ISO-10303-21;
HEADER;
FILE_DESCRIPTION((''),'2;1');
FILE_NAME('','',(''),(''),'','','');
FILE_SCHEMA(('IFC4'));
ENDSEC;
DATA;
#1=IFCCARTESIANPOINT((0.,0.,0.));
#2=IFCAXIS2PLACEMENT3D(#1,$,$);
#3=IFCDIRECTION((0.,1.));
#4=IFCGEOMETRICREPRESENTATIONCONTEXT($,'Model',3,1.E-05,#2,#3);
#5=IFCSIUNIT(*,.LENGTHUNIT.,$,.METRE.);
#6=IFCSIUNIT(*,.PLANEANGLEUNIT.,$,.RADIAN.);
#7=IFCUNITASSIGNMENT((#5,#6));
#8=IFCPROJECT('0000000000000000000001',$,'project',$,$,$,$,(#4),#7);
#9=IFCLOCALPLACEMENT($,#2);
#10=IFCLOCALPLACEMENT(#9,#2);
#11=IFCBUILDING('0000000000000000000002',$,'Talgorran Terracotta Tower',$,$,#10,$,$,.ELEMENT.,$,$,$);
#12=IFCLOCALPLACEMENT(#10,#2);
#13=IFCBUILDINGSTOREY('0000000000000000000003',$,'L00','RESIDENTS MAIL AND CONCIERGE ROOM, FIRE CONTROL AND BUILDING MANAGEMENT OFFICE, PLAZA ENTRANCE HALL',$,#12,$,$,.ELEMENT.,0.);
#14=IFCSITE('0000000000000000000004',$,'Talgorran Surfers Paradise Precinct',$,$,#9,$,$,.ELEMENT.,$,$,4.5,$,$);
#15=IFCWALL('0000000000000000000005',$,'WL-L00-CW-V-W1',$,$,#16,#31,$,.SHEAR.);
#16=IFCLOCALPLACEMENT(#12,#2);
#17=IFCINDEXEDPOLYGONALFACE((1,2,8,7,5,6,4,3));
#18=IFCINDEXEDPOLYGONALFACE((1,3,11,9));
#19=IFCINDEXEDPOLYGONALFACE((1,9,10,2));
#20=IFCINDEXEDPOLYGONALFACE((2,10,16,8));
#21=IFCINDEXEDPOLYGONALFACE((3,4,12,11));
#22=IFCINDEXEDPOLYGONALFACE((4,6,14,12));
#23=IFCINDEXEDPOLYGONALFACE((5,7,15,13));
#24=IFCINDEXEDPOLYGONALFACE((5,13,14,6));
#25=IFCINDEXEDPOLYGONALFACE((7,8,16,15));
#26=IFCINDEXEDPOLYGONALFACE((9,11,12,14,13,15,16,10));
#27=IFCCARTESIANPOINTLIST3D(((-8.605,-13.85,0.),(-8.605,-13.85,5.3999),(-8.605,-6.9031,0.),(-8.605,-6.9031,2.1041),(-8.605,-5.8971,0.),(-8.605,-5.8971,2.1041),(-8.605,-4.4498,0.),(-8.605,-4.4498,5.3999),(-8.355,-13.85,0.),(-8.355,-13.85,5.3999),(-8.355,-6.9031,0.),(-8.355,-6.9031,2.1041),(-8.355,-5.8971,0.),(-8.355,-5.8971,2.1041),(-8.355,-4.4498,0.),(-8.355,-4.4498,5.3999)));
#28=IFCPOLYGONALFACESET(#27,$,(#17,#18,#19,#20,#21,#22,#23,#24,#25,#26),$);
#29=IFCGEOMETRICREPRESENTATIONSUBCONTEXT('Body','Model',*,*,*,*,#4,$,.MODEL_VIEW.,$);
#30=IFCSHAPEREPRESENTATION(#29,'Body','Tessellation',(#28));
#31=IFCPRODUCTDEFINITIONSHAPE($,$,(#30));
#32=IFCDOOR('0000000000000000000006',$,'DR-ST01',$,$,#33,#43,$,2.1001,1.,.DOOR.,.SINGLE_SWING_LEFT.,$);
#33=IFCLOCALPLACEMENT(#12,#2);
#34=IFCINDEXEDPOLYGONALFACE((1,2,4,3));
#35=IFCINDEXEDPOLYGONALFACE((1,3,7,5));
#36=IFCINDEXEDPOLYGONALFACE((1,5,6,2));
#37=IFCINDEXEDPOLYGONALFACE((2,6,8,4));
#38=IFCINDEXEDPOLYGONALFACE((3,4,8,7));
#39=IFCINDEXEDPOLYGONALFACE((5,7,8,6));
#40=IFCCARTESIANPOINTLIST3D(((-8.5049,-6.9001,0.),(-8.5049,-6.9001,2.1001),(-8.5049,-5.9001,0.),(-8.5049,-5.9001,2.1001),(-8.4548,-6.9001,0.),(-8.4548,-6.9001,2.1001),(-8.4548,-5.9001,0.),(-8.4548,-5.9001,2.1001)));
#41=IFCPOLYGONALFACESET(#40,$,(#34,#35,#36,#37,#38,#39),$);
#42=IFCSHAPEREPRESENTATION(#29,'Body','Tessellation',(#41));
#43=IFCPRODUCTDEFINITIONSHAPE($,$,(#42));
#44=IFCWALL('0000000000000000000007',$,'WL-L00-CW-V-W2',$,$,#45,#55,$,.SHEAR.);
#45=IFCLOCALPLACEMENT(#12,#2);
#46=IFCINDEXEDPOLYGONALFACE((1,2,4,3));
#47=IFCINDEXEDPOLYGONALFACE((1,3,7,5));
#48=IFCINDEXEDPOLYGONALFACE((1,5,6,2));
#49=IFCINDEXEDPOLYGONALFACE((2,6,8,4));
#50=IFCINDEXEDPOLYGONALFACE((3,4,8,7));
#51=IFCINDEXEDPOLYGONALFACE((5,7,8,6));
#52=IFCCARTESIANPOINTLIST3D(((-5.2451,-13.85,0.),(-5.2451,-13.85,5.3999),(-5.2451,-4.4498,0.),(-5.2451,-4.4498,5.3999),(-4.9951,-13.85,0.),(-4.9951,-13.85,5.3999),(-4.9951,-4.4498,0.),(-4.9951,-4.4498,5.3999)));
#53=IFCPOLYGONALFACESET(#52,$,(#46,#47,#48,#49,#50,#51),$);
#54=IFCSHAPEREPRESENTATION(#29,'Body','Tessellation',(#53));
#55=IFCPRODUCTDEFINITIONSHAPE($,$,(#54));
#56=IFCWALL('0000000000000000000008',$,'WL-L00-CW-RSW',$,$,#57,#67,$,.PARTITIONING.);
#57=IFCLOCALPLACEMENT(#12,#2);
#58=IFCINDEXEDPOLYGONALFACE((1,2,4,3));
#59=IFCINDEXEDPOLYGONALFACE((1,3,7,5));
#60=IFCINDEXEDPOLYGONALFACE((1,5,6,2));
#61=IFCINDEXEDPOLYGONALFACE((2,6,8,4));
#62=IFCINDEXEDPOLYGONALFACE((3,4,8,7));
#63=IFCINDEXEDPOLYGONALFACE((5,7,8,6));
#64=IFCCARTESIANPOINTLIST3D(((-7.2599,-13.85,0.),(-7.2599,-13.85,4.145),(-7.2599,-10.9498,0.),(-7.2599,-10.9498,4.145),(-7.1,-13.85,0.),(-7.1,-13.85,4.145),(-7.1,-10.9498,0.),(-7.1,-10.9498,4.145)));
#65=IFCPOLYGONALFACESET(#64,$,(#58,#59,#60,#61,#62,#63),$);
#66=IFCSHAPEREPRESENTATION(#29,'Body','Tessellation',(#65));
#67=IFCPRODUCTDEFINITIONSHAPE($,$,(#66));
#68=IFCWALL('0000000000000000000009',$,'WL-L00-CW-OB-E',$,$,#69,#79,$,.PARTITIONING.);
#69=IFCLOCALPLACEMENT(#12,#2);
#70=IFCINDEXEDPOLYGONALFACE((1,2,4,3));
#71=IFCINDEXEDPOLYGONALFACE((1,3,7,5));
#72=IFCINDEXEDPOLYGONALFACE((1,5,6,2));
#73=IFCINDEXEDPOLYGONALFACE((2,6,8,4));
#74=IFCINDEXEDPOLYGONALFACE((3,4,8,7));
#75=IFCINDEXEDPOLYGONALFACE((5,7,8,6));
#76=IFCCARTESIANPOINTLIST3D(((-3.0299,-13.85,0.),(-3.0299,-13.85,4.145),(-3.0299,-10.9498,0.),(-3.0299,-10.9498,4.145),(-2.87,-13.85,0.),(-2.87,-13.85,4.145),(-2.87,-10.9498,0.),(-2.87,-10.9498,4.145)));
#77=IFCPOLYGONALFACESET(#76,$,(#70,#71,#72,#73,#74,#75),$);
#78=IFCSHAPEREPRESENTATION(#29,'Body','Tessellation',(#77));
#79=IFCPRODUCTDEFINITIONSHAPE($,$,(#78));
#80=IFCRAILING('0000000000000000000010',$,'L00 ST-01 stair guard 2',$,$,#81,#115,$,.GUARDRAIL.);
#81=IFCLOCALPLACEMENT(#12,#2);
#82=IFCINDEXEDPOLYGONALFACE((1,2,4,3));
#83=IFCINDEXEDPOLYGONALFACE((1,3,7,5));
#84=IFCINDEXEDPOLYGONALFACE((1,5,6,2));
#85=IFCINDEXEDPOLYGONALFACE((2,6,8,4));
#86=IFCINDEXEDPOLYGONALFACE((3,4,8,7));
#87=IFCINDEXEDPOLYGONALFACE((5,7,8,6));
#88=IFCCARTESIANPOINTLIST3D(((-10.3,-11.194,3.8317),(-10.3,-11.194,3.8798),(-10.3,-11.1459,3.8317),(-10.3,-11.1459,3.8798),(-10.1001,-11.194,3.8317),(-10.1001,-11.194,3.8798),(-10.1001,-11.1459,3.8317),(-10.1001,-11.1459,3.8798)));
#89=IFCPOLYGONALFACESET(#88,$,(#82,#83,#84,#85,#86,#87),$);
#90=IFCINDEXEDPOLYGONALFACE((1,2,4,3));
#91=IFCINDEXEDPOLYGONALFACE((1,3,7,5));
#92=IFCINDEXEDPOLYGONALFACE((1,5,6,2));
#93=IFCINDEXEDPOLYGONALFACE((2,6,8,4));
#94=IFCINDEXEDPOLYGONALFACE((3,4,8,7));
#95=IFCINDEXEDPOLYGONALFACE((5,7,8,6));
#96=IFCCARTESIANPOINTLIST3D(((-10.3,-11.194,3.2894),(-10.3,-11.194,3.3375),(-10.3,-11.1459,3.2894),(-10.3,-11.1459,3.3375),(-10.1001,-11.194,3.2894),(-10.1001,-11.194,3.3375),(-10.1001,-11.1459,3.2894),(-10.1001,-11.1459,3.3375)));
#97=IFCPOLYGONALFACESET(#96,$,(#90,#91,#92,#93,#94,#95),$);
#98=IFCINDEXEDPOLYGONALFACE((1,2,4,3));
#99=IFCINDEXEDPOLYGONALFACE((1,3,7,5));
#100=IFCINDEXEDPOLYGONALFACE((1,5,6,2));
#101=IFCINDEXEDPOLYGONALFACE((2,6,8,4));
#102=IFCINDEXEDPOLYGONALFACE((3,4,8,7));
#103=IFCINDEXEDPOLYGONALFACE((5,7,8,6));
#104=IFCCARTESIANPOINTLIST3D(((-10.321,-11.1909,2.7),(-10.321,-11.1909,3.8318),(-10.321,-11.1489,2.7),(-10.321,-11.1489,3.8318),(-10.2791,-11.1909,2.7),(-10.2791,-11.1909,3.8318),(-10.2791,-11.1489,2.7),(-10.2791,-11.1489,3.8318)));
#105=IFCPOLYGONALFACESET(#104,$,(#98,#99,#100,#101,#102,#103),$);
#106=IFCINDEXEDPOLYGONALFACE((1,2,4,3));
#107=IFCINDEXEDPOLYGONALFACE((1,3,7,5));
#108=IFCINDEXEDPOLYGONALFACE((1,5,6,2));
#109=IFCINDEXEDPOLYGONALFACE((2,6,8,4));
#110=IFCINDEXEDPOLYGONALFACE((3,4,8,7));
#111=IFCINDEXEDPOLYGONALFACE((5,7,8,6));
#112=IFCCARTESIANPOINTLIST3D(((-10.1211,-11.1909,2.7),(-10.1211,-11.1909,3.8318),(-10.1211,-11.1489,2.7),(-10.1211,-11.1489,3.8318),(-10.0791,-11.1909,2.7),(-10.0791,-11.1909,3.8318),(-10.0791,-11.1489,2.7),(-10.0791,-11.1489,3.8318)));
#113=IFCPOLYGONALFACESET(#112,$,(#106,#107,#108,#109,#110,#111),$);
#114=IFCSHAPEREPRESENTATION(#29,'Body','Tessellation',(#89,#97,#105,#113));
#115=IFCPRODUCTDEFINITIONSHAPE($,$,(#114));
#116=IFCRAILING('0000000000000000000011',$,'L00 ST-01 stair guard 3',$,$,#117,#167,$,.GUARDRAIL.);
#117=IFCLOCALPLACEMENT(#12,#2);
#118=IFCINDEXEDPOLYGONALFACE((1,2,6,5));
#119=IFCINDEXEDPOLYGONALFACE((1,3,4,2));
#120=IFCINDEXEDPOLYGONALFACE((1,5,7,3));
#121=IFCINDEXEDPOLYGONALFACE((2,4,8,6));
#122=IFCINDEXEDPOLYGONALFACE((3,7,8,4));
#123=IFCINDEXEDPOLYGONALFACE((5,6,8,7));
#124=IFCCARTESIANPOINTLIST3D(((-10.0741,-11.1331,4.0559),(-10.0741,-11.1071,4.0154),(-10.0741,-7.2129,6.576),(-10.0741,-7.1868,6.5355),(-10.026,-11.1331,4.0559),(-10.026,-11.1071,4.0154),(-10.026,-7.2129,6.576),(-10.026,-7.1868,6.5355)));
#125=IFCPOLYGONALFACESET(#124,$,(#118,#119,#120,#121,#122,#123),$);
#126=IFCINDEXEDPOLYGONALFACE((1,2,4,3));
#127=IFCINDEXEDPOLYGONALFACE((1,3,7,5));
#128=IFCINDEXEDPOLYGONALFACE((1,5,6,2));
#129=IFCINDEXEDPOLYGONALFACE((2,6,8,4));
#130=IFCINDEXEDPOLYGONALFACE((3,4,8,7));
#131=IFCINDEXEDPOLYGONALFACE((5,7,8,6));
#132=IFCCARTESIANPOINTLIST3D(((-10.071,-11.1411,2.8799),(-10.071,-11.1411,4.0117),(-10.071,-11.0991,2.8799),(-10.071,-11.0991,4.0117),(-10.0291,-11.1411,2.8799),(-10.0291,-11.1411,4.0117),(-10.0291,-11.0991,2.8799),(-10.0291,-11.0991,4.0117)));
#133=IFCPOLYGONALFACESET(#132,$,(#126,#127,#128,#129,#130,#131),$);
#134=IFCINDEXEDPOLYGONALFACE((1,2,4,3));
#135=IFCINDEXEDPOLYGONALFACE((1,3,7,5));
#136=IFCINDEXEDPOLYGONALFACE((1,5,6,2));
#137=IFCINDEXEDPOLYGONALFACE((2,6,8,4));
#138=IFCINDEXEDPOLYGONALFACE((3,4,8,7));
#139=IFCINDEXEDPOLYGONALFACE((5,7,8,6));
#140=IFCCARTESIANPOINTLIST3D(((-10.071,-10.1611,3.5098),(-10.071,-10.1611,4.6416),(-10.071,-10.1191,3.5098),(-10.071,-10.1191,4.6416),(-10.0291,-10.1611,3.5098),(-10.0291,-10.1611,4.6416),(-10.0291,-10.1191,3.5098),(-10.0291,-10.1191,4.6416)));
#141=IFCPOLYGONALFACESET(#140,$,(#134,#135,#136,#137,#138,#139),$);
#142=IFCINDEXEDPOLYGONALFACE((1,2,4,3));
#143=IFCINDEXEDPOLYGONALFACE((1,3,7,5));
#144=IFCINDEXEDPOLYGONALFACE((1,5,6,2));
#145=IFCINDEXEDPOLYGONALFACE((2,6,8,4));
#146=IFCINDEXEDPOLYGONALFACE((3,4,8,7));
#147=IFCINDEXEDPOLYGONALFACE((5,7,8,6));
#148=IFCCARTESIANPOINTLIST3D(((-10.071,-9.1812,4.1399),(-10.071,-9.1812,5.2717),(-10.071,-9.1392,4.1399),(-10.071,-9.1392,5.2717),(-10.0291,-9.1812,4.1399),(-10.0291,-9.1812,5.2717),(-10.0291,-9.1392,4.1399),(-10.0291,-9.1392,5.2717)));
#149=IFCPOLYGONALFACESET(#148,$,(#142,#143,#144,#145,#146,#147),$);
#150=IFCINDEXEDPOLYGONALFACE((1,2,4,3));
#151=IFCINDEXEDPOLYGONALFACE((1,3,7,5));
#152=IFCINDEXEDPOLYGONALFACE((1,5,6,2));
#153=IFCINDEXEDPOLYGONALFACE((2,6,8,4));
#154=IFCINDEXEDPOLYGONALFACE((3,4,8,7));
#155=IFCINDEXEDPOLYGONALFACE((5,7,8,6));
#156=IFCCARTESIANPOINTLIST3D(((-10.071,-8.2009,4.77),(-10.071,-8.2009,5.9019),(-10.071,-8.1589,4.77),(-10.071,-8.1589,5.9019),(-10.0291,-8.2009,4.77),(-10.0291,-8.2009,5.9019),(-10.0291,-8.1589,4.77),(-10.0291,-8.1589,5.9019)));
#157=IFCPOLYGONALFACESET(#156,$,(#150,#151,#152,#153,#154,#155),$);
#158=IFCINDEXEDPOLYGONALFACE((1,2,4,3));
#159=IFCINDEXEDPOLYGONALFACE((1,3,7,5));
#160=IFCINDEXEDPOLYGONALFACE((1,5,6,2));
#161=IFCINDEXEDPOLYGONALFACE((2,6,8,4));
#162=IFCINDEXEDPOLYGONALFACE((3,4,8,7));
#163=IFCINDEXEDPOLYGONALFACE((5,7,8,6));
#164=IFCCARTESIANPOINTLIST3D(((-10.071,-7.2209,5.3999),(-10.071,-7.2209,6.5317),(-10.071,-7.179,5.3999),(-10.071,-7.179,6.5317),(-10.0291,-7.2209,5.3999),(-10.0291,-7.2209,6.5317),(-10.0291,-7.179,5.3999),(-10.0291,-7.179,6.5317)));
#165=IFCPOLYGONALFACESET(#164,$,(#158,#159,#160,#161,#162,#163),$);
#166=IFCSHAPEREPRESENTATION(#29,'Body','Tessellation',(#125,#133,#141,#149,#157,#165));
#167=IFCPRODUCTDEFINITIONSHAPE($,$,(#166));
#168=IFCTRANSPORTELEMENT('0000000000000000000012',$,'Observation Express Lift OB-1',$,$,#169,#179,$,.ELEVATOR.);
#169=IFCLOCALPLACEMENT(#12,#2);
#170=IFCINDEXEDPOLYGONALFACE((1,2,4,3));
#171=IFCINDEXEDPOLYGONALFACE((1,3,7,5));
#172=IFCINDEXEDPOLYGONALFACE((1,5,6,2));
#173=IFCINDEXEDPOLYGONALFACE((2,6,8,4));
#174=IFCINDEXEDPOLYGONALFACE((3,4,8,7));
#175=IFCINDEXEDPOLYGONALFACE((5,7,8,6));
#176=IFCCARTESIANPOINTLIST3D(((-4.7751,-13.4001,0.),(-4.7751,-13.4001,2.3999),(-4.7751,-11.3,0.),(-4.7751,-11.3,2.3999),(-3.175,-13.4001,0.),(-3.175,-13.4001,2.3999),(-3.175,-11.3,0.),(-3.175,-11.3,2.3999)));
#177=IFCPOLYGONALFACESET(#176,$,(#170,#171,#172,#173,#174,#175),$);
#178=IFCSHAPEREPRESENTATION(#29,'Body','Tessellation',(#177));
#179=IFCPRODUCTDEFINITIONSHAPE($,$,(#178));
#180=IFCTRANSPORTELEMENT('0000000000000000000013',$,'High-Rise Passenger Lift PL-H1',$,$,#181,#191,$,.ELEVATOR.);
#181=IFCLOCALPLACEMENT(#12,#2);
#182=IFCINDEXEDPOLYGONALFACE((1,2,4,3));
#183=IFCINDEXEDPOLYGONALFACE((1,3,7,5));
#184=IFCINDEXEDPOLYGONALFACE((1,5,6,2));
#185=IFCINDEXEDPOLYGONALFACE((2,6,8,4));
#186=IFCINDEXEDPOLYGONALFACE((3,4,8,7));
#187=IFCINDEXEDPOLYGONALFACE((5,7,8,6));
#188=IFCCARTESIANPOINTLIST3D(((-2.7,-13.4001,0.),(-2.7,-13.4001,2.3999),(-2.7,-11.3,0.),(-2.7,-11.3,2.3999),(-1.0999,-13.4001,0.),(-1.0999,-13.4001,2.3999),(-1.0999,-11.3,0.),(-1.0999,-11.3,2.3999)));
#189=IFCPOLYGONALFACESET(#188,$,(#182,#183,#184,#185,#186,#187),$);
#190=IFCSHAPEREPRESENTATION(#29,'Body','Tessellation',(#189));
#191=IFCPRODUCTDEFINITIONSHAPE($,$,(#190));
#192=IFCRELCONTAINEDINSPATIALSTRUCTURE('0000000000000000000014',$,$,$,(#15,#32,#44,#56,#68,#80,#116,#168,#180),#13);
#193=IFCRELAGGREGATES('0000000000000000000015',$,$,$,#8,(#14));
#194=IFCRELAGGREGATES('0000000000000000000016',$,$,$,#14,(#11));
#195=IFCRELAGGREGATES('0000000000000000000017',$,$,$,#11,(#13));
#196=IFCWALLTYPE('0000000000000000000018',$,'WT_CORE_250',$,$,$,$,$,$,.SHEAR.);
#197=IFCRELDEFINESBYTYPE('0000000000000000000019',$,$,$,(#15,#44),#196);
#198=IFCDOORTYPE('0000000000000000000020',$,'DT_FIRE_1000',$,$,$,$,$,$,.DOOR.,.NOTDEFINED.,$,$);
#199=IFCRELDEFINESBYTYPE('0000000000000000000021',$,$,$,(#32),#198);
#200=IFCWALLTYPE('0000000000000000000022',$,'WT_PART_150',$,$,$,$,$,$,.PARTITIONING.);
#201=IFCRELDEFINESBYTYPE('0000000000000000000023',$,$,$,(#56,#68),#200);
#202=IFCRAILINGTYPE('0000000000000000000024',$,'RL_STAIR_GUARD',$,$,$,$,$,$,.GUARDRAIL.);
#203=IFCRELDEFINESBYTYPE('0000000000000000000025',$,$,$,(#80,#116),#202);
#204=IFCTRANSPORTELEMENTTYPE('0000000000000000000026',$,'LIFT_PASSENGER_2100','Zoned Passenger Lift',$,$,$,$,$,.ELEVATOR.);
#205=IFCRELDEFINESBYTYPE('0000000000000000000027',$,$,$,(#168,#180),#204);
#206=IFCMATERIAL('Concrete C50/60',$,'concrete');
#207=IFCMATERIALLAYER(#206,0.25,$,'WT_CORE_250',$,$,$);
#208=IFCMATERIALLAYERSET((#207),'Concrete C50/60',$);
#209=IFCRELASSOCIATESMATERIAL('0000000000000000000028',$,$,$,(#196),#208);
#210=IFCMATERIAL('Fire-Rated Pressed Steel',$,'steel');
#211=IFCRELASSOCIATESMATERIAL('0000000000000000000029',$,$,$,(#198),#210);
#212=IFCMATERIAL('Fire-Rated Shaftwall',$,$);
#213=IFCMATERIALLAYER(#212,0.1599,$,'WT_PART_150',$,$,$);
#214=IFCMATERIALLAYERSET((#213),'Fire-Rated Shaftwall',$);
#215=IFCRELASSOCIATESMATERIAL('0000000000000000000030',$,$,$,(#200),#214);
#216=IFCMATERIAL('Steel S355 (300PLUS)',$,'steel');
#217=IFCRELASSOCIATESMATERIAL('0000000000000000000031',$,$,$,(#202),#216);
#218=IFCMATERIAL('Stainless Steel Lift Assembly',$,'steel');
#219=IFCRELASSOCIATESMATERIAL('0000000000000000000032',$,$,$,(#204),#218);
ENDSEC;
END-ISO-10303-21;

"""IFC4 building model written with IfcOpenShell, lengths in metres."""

from ifc_helpers import new_model, si_unit, direction, frame, frame_2d, origin, origin_2d, place, context, subcontext, project, spatial, rectangle, extrude, material, layer, layer_set, type_object, element, fill, save


model = new_model("IFC4")

# Units and contexts
model_context = context("Model", 3, precision=1e-05, world=origin(), true_north=direction((0.0, 1.0)))
body_context = subcontext(model_context, "Body", "Model", "MODEL_VIEW")
ifc_project = project(units=[si_unit("LENGTHUNIT", "METRE"), si_unit("PLANEANGLEUNIT", "RADIAN")], contexts=[model_context])

# Site, building, storey
site_placement = place(None, origin())
site = spatial("IfcSite", under=ifc_project, at=site_placement, Name="Talgorran Surfers Paradise Precinct", CompositionType="ELEMENT", RefElevation=4.5)
building_placement = place(site_placement, origin())
building = spatial("IfcBuilding", under=site, at=building_placement, Name="Talgorran Terracotta Tower", CompositionType="ELEMENT")
storey_placement = place(building_placement, origin())
storey = spatial("IfcBuildingStorey", under=building, at=storey_placement, Name="L00", Description="RESIDENTS MAIL AND CONCIERGE ROOM, FIRE CONTROL AND BUILDING MANAGEMENT OFFICE, PLAZA ENTRANCE HALL", CompositionType="ELEMENT", Elevation=0.0)

# Shared definitions
ifc_material_1 = material(Name="Steel S355 (300PLUS)", Category="steel")

# Shared definitions
ifc_material_2 = material(Name="Concrete C50/60", Category="concrete")

# Wall, opening, door
ifc_layer_1 = layer(ifc_material_2, 0.25, Name="WT_CORE_250")
ifc_layer_set_1 = layer_set([ifc_layer_1], Name="Concrete C50/60")
wall_type_1 = type_object("IfcWallType", Name="WT_CORE_250", PredefinedType="SHEAR", material=ifc_layer_set_1)
wall_1_placement = place(storey_placement, frame((-8.48, -13.8501, 0.0), z_axis=(0.0, 0.0, 1.0), x_axis=(0.0, 1.0, 0.0)))
wall_1 = element("IfcWall", 1, at=wall_1_placement, inside=storey, type_object=wall_type_1, Name="WL-L00-CW-V-W1", PredefinedType="SHEAR", context=body_context, shape_type="SweptSolid", body=[
    extrude(rectangle(XDim=9.4001, YDim=0.25, at=frame_2d((4.7002, 0.0))), origin(), (0.0, 0.0, 1.0), 5.3999),
])
opening_1_placement = place(wall_1_placement, frame((6.95, 0.0, 0.0)))
opening_1 = element("IfcOpeningElement", 2, at=opening_1_placement, cuts=wall_1, PredefinedType="OPENING", context=body_context, shape_type="SweptSolid", body=[
    extrude(rectangle(XDim=1.006, YDim=2.1041, at=frame_2d((0.5, 1.052))), frame((0.0, 0.135, 0.0), z_axis=(0.0, -1.0, 0.0), x_axis=(1.0, 0.0, 0.0)), (0.0, 0.0, 1.0), 0.27),
])
ifc_material_3 = material(Name="Fire-Rated Pressed Steel", Category="steel")
door_type_1 = type_object("IfcDoorType", Name="DT_FIRE_1000", OperationType="NOTDEFINED", PredefinedType="DOOR", material=ifc_material_3)
door_1_placement = place(opening_1_placement, origin())
door_1 = element("IfcDoor", 3, at=door_1_placement, inside=storey, type_object=door_type_1, Name="DR-ST01", OperationType="SINGLE_SWING_LEFT", OverallHeight=2.1001, OverallWidth=1.0, PredefinedType="DOOR", context=body_context, shape_type="SweptSolid", body=[
    extrude(rectangle(XDim=1.0, YDim=2.1001, at=frame_2d((0.5, 1.05))), frame((0.0, 0.0249, 0.0), z_axis=(0.0, -1.0, 0.0), x_axis=(1.0, 0.0, 0.0)), (0.0, 0.0, 1.0), 0.05),
])
fill(opening_1, door_1)

# Walls
wall_2_placement = place(storey_placement, frame((-5.1201, -13.8501, 0.0), z_axis=(0.0, 0.0, 1.0), x_axis=(0.0, 1.0, 0.0)))
element("IfcWall", 4, at=wall_2_placement, inside=storey, type_object=wall_type_1, Name="WL-L00-CW-V-W2", PredefinedType="SHEAR", context=body_context, shape_type="SweptSolid", body=[
    extrude(rectangle(XDim=9.4001, YDim=0.25, at=frame_2d((4.7002, 0.0))), origin(), (0.0, 0.0, 1.0), 5.3999),
])
ifc_material_4 = material(Name="Fire-Rated Shaftwall")
ifc_layer_2 = layer(ifc_material_4, 0.1599, Name="WT_PART_150")
ifc_layer_set_2 = layer_set([ifc_layer_2], Name="Fire-Rated Shaftwall")
wall_type_2 = type_object("IfcWallType", Name="WT_PART_150", PredefinedType="PARTITIONING", material=ifc_layer_set_2)
for number, where, z_axis, x_axis, name in (
    (5, (-7.1799, -13.8501, 0.0), (0.0, 0.0, 1.0), (0.0, 1.0, 0.0), "WL-L00-CW-RSW"),
    (6, (-2.95, -13.8501, 0.0), (0.0, 0.0, 1.0), (0.0, 1.0, 0.0), "WL-L00-CW-OB-E"),
):
    element("IfcWall", number, at=place(storey_placement, frame(where, z_axis=z_axis, x_axis=x_axis)), inside=storey, type_object=wall_type_2, Name=name, PredefinedType="PARTITIONING", context=body_context, shape_type="SweptSolid", body=[
        extrude(rectangle(XDim=2.9001, YDim=0.1599, at=frame_2d((1.4502, 0.0))), origin(), (0.0, 0.0, 1.0), 4.145),
    ])

# Railings
railing_type = type_object("IfcRailingType", Name="RL_STAIR_GUARD", PredefinedType="GUARDRAIL", material=ifc_material_1)
railing_1_placement = place(storey_placement, frame((-10.3, -11.1699, 2.7)))
element("IfcRailing", 7, at=railing_1_placement, inside=storey, type_object=railing_type, Name="L00 ST-01 stair guard 2", PredefinedType="GUARDRAIL", context=body_context, shape_type="SweptSolid", body=[
    extrude(rectangle(XDim=0.0481, YDim=0.0481, at=origin_2d()), frame((0.0, 0.0, 1.1558), z_axis=(1.0, 0.0, 0.0), x_axis=(0.0, 1.0, 0.0)), (0.0, 0.0, 1.0), 0.2),
    extrude(rectangle(XDim=0.0481, YDim=0.0481, at=origin_2d()), frame((0.0, 0.0, 0.6135), z_axis=(1.0, 0.0, 0.0), x_axis=(0.0, 1.0, 0.0)), (0.0, 0.0, 1.0), 0.2),
    extrude(rectangle(XDim=0.042, YDim=0.042, at=origin_2d()), origin(), (0.0, 0.0, 1.0), 1.1318),
    extrude(rectangle(XDim=0.042, YDim=0.042, at=origin_2d()), frame((0.2, 0.0, 0.0)), (0.0, 0.0, 1.0), 1.1318),
])
railing_2_placement = place(storey_placement, frame((-10.05, -11.1201, 2.8799)))
element("IfcRailing", 8, at=railing_2_placement, inside=storey, type_object=railing_type, Name="L00 ST-01 stair guard 3", PredefinedType="GUARDRAIL", context=body_context, shape_type="SweptSolid", body=[
    extrude(rectangle(XDim=0.0481, YDim=0.0481, at=origin_2d()), frame((0.0, 0.0, 1.1558), z_axis=(0.0, 0.841187, 0.540744), x_axis=(-1.0, 0.0, 0.0)), (0.0, 0.0, 1.0), 4.6604),
    extrude(rectangle(XDim=0.042, YDim=0.042, at=origin_2d()), origin(), (0.0, 0.0, 1.0), 1.1318),
    extrude(rectangle(XDim=0.042, YDim=0.042, at=origin_2d()), frame((0.0, 0.98, 0.6299)), (0.0, 0.0, 1.0), 1.1318),
    extrude(rectangle(XDim=0.042, YDim=0.042, at=origin_2d()), frame((0.0, 1.96, 1.26)), (0.0, 0.0, 1.0), 1.1318),
    extrude(rectangle(XDim=0.042, YDim=0.042, at=origin_2d()), frame((0.0, 2.9402, 1.8901)), (0.0, 0.0, 1.0), 1.1318),
    extrude(rectangle(XDim=0.042, YDim=0.042, at=origin_2d()), frame((0.0, 3.9202, 2.52)), (0.0, 0.0, 1.0), 1.1318),
])

# Transport elements
ifc_material_5 = material(Name="Stainless Steel Lift Assembly", Category="steel")
transport_element_type = type_object("IfcTransportElementType", Name="LIFT_PASSENGER_2100", Description="Zoned Passenger Lift", PredefinedType="ELEVATOR", material=ifc_material_5)
for number, where, z_axis, x_axis, name in (
    (9, (-3.9751, -12.3501, 0.0), (0.0, 0.0, 1.0), (1.0, 0.0, 0.0), "Observation Express Lift OB-1"),
    (10, (-1.8999, -12.3501, 0.0), (0.0, 0.0, 1.0), (1.0, 0.0, 0.0), "High-Rise Passenger Lift PL-H1"),
):
    element("IfcTransportElement", number, at=place(storey_placement, frame(where, z_axis=z_axis, x_axis=x_axis)), inside=storey, type_object=transport_element_type, Name=name, PredefinedType="ELEVATOR", context=body_context, shape_type="SweptSolid", body=[
        extrude(rectangle(XDim=1.6001, YDim=2.1001, at=origin_2d()), origin(), (0.0, 0.0, 1.0), 2.3999),
    ])

save(model, "model.ifc")
